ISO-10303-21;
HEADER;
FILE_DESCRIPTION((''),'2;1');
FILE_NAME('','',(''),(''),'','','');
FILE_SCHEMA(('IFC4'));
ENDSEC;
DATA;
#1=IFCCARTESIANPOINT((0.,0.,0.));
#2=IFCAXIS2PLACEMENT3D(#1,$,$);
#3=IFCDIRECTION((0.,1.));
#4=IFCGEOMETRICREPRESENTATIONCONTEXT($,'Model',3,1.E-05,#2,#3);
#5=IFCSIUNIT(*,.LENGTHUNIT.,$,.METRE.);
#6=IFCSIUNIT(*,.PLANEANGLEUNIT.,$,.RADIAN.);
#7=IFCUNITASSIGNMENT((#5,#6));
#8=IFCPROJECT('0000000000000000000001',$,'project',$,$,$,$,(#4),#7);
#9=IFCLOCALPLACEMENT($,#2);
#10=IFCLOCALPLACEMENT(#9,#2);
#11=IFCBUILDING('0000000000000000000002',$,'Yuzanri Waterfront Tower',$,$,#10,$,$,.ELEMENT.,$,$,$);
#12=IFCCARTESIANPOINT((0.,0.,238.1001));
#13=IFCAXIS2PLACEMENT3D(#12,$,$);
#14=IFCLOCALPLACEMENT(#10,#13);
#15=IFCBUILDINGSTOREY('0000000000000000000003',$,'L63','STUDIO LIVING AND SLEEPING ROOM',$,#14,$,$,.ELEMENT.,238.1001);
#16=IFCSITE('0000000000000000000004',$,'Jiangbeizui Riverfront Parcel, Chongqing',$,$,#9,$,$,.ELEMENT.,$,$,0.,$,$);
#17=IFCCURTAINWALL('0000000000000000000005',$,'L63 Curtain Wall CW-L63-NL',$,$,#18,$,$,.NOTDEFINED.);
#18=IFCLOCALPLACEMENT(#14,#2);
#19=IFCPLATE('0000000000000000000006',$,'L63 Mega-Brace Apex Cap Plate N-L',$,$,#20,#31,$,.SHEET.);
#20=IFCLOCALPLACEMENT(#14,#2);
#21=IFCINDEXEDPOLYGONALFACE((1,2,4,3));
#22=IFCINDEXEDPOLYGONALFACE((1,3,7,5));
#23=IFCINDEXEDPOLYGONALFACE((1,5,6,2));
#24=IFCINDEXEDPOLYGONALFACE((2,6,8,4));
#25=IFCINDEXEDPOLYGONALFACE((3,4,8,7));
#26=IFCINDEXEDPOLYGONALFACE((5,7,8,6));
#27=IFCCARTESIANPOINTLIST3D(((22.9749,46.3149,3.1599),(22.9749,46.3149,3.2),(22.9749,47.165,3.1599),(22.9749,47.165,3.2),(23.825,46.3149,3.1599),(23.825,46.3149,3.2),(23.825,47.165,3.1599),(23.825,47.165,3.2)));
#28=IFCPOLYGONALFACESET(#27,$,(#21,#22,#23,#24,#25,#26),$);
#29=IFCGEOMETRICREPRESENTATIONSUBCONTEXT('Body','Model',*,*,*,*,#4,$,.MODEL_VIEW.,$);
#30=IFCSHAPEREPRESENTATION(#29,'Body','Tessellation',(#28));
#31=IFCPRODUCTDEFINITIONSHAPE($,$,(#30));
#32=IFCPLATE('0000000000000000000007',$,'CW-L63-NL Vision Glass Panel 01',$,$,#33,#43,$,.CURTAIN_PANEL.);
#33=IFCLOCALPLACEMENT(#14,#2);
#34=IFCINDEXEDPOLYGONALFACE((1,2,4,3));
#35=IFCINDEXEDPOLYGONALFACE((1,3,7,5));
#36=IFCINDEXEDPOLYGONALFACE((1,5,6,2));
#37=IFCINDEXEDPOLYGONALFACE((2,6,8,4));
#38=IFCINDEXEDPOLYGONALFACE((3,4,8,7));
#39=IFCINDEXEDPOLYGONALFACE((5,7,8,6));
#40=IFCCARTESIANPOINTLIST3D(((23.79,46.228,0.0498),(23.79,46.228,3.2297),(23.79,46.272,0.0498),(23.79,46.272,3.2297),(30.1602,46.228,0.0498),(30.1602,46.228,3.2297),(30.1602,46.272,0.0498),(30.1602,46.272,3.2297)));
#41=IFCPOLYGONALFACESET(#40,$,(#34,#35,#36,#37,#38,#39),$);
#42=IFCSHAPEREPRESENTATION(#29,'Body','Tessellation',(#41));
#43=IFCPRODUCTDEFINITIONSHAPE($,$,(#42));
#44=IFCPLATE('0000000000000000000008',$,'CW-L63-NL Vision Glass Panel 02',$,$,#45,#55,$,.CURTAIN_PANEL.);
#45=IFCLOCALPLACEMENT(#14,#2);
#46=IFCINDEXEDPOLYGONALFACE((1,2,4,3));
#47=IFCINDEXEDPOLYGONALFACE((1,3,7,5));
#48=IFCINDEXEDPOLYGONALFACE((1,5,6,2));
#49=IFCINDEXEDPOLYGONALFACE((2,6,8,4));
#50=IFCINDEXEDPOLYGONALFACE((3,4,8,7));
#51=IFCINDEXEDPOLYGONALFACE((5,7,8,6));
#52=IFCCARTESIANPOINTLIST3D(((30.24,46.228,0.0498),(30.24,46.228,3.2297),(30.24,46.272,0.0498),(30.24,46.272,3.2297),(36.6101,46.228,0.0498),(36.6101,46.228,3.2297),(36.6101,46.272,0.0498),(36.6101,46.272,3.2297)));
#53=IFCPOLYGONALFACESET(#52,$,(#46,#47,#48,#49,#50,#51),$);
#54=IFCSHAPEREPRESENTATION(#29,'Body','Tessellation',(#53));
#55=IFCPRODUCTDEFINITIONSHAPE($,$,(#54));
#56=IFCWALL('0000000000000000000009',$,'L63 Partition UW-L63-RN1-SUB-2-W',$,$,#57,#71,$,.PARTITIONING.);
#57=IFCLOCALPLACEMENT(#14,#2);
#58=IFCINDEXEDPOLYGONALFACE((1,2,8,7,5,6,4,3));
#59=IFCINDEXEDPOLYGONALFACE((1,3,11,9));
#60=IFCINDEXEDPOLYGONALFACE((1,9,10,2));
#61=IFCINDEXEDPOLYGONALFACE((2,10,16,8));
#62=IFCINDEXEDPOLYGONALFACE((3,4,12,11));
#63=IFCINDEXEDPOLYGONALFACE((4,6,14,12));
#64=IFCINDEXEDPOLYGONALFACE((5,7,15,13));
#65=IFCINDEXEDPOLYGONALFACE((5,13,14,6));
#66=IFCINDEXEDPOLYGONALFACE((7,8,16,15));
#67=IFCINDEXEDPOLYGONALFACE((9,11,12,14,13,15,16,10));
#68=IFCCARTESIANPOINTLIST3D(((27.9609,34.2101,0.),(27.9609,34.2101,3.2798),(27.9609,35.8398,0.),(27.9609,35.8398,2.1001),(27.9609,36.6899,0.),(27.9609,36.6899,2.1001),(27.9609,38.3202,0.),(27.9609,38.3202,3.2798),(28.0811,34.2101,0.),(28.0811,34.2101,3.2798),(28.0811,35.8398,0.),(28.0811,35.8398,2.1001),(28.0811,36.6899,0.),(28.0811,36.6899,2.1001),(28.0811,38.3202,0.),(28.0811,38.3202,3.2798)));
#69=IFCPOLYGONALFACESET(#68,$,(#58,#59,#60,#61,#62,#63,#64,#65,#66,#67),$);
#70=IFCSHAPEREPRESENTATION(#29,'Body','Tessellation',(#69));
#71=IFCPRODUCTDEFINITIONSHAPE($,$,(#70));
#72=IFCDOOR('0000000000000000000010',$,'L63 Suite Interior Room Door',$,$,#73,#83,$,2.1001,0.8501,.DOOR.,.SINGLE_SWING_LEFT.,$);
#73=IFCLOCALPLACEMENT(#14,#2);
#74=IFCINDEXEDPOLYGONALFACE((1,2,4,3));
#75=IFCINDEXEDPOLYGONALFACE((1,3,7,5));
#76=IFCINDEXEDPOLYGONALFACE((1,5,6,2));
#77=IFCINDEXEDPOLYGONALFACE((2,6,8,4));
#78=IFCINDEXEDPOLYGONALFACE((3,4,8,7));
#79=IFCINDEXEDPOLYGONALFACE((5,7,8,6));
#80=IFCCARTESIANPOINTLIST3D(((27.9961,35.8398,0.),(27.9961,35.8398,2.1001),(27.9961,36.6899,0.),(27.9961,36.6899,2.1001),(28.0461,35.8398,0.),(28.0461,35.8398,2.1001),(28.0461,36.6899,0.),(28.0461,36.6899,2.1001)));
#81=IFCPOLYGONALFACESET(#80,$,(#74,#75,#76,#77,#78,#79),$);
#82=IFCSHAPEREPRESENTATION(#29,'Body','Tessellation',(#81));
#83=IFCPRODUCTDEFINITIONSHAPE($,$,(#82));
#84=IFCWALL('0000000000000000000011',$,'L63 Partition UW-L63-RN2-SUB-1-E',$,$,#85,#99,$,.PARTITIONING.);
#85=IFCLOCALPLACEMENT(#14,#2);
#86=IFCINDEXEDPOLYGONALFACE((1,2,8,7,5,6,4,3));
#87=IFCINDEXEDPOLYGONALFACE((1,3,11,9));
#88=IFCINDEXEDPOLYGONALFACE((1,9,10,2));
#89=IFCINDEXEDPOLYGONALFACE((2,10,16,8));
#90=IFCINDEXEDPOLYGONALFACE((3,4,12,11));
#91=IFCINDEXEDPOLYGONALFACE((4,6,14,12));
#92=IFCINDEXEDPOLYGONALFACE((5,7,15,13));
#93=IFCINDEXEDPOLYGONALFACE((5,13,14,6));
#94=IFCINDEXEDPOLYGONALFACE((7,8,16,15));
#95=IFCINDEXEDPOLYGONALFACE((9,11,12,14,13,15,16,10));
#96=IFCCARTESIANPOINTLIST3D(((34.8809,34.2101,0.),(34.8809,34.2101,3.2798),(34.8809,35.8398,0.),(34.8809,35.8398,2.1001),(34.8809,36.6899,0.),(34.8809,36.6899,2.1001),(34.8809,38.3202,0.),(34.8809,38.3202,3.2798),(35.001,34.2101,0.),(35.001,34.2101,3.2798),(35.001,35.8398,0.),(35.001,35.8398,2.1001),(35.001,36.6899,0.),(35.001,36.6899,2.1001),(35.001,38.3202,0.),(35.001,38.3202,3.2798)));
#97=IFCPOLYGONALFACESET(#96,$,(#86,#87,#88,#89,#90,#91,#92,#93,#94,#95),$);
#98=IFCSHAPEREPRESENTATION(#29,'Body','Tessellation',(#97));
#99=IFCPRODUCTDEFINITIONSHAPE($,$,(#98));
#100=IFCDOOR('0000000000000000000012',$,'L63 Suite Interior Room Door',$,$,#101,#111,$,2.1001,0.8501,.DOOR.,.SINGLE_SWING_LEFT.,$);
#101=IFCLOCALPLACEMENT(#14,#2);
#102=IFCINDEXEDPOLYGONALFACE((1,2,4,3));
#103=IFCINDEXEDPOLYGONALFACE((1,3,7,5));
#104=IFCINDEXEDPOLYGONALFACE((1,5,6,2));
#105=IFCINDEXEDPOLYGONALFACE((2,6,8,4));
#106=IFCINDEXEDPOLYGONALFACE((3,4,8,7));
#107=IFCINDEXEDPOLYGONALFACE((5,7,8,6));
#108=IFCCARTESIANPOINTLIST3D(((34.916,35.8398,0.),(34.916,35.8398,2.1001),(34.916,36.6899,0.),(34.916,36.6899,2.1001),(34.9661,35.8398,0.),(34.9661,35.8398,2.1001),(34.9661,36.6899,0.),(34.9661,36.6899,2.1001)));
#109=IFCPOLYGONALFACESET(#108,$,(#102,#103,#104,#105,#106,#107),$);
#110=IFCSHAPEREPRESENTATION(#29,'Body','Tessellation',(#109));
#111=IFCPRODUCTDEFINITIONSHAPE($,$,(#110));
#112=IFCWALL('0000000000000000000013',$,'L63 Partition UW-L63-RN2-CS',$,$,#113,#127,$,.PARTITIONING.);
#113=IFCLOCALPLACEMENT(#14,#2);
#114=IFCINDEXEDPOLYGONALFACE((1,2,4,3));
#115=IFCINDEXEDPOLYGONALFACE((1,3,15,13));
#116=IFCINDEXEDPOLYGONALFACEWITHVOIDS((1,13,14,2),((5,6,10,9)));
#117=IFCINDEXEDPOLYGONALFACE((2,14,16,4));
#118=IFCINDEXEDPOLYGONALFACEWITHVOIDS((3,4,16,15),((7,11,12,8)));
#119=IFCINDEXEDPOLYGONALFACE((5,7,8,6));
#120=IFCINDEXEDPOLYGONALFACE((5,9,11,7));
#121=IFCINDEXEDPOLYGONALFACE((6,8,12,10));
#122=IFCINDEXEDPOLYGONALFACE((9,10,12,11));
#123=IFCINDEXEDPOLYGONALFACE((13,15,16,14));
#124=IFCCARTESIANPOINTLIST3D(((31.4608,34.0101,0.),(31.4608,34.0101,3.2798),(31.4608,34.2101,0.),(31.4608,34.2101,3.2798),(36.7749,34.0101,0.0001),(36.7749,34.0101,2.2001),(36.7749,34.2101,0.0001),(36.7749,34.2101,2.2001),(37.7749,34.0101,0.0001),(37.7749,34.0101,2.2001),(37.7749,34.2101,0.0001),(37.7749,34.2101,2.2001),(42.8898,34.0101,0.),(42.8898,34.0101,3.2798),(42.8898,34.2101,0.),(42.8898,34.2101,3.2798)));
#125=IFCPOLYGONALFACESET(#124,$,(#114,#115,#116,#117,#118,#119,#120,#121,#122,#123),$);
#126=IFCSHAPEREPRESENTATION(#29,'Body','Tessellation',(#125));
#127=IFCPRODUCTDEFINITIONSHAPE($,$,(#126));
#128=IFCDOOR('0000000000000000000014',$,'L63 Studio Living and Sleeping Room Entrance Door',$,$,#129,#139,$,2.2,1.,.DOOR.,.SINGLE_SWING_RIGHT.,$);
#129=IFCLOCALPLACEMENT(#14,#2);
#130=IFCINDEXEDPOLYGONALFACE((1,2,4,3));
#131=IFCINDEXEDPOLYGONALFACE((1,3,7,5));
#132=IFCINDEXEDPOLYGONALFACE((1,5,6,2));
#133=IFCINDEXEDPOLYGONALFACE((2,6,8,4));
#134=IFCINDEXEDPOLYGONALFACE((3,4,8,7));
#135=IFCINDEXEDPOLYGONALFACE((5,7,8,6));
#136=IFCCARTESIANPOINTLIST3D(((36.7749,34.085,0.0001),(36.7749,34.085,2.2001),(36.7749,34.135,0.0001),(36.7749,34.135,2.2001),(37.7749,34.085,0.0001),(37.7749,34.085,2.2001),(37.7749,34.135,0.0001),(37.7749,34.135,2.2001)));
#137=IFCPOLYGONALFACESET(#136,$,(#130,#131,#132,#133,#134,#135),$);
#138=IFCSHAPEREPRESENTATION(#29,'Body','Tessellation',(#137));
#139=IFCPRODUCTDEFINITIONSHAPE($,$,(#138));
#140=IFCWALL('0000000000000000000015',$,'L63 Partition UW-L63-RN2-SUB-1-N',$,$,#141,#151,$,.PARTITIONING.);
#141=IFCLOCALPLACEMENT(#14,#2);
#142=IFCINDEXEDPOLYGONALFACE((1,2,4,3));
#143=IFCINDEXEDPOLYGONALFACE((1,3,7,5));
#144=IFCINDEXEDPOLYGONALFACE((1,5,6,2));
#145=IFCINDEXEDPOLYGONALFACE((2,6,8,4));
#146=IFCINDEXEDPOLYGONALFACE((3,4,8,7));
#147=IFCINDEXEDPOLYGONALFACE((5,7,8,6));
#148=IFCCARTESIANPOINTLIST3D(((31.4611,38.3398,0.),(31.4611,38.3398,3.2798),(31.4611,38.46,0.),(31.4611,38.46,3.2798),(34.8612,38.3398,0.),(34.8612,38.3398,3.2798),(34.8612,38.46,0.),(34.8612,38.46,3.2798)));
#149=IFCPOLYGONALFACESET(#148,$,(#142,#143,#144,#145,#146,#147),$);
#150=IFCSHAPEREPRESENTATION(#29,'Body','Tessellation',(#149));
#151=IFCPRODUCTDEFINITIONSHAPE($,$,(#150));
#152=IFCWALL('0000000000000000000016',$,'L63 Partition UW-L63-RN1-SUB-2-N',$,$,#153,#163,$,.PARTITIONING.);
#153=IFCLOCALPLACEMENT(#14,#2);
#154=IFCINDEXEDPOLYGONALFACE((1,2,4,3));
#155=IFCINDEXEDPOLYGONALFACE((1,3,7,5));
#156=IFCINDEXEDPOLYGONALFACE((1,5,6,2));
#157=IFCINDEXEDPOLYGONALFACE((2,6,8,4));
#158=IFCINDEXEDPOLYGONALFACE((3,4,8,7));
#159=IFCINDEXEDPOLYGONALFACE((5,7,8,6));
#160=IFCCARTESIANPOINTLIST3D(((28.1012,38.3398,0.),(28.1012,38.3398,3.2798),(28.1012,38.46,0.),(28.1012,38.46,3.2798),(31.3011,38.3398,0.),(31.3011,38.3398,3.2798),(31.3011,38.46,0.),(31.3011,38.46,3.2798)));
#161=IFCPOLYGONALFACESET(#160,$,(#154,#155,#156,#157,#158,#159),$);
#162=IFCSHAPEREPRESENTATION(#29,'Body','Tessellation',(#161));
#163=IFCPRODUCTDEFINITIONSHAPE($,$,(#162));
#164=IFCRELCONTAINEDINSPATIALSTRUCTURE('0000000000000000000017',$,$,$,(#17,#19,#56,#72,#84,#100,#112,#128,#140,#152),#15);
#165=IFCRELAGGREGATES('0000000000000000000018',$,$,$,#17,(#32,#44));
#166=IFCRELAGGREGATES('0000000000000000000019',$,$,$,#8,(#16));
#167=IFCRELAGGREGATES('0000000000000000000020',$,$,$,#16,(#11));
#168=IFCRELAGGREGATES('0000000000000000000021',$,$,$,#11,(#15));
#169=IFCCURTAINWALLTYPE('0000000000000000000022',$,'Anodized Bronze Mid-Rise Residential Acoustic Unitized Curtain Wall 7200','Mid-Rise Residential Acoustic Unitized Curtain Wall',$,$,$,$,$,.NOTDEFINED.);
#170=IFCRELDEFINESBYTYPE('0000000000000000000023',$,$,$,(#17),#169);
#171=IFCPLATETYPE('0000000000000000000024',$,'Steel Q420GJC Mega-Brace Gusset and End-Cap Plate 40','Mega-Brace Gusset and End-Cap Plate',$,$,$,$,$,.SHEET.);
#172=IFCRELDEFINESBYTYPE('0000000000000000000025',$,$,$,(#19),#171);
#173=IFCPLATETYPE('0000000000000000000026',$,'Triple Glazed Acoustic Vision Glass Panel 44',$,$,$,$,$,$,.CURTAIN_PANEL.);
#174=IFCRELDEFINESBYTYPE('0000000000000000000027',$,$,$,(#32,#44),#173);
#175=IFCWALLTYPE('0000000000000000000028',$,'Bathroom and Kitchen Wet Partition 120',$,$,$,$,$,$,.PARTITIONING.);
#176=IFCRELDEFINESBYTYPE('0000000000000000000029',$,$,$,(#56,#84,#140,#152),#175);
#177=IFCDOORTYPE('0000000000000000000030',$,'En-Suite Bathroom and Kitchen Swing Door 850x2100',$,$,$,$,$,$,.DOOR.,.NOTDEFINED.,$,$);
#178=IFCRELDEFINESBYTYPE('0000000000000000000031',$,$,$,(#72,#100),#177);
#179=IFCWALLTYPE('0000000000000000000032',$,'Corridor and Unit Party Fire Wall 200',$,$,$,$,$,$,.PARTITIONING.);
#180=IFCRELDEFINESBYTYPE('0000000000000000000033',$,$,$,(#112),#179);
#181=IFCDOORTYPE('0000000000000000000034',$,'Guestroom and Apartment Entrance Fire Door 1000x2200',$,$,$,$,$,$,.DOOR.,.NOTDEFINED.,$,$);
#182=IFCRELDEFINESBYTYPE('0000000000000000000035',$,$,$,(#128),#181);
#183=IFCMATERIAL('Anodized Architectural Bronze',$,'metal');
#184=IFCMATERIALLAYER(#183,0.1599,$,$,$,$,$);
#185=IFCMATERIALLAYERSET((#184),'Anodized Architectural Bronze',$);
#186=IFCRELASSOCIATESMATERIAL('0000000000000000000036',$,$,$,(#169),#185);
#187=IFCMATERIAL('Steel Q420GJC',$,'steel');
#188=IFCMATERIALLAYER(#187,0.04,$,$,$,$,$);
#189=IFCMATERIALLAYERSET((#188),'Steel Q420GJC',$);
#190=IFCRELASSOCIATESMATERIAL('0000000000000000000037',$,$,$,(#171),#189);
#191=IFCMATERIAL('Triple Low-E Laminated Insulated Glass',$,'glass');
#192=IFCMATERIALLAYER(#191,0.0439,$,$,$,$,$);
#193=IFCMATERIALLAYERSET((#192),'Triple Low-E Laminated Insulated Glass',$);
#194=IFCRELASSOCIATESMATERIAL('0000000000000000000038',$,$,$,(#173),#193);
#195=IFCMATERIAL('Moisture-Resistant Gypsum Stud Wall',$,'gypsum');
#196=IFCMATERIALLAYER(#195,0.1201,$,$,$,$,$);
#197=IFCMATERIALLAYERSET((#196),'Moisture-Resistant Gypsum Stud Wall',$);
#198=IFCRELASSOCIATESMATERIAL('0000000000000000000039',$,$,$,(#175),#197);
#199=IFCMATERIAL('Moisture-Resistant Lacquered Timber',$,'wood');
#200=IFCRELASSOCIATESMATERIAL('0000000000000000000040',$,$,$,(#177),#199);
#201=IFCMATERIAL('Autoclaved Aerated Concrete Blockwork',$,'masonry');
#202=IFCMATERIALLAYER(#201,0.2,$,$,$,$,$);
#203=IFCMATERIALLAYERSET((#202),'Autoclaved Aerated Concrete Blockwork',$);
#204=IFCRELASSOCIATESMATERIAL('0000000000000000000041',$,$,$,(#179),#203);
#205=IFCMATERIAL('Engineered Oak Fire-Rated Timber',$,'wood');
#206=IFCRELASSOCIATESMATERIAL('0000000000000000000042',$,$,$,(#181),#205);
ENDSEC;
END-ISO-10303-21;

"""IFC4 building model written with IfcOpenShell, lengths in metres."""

from ifc_helpers import new_model, si_unit, direction, frame, frame_2d, origin, origin_2d, place, context, subcontext, project, spatial, rectangle, extrude, source, transform, mapped, material, layer, layer_set, type_object, element, fill, aggregate, save


model = new_model("IFC4")

# Units and contexts
model_context = context("Model", 3, precision=1e-05, world=origin(), true_north=direction((0.0, 1.0)))
body_context = subcontext(model_context, "Body", "Model", "MODEL_VIEW")
ifc_project = project(units=[si_unit("LENGTHUNIT", "METRE"), si_unit("PLANEANGLEUNIT", "RADIAN")], contexts=[model_context])

# Site, building, storey
site_placement = place(None, origin())
site = spatial("IfcSite", under=ifc_project, at=site_placement, Name="Jiangbeizui Riverfront Parcel, Chongqing", CompositionType="ELEMENT", RefElevation=0.0)
building_placement = place(site_placement, origin())
building = spatial("IfcBuilding", under=site, at=building_placement, Name="Yuzanri Waterfront Tower", CompositionType="ELEMENT")
storey_placement = place(building_placement, frame((0.0, 0.0, 238.1001)))
storey = spatial("IfcBuildingStorey", under=building, at=storey_placement, Name="L63", Description="STUDIO LIVING AND SLEEPING ROOM", CompositionType="ELEMENT", Elevation=238.1001)

# Curtain wall
ifc_material_1 = material(Name="Anodized Architectural Bronze", Category="metal")
ifc_layer_1 = layer(ifc_material_1, 0.1599)
ifc_layer_set_1 = layer_set([ifc_layer_1], Name="Anodized Architectural Bronze")
curtain_wall_type = type_object("IfcCurtainWallType", Name="Anodized Bronze Mid-Rise Residential Acoustic Unitized Curtain Wall 7200", Description="Mid-Rise Residential Acoustic Unitized Curtain Wall", PredefinedType="NOTDEFINED", material=ifc_layer_set_1)
curtain_wall_placement = place(storey_placement, origin())
curtain_wall = element("IfcCurtainWall", 1, at=curtain_wall_placement, inside=storey, type_object=curtain_wall_type, Name="L63 Curtain Wall CW-L63-NL", PredefinedType="NOTDEFINED")

# Plates
ifc_material_2 = material(Name="Steel Q420GJC", Category="steel")
ifc_layer_2 = layer(ifc_material_2, 0.04)
ifc_layer_set_2 = layer_set([ifc_layer_2], Name="Steel Q420GJC")
plate_type_1 = type_object("IfcPlateType", Name="Steel Q420GJC Mega-Brace Gusset and End-Cap Plate 40", Description="Mega-Brace Gusset and End-Cap Plate", PredefinedType="SHEET", material=ifc_layer_set_2)
shared_shape_1 = source(origin(), body_context, "Body", "SweptSolid", [
    extrude(rectangle(XDim=0.8501, YDim=0.8501, at=origin_2d()), origin(), (0.0, 0.0, 1.0), 0.04),
])
plate_1_placement = place(storey_placement, frame((23.3999, 46.74, 3.1599), z_axis=(0.0, 0.0, 1.0), x_axis=(1.0, 0.0, 0.0)))
element("IfcPlate", 2, at=plate_1_placement, inside=storey, type_object=plate_type_1, Name="L63 Mega-Brace Apex Cap Plate N-L", PredefinedType="SHEET", context=body_context, shape_type="MappedRepresentation", body=[
    mapped(shared_shape_1, transform((0.0, 0.0, 0.0), scale=1.0)),
])
ifc_material_3 = material(Name="Triple Low-E Laminated Insulated Glass", Category="glass")
ifc_layer_3 = layer(ifc_material_3, 0.0439)
ifc_layer_set_3 = layer_set([ifc_layer_3], Name="Triple Low-E Laminated Insulated Glass")
plate_type_2 = type_object("IfcPlateType", Name="Triple Glazed Acoustic Vision Glass Panel 44", PredefinedType="CURTAIN_PANEL", material=ifc_layer_set_3)
shared_shape_2 = source(origin(), body_context, "Body", "SweptSolid", [
    extrude(rectangle(XDim=6.3701, YDim=0.0439, at=origin_2d()), origin(), (0.0, 0.0, 1.0), 3.1799),
])
plate_2_placement = place(storey_placement, frame((26.9751, 46.25, 0.0498), z_axis=(0.0, 0.0, 1.0), x_axis=(1.0, 0.0, 0.0)))
plate_2 = element("IfcPlate", 3, at=plate_2_placement, type_object=plate_type_2, Name="CW-L63-NL Vision Glass Panel 01", PredefinedType="CURTAIN_PANEL", context=body_context, shape_type="MappedRepresentation", body=[
    mapped(shared_shape_2, transform((0.0, 0.0, 0.0), scale=1.0)),
])
plate_3_placement = place(storey_placement, frame((33.425, 46.25, 0.0498), z_axis=(0.0, 0.0, 1.0), x_axis=(1.0, 0.0, 0.0)))
plate_3 = element("IfcPlate", 4, at=plate_3_placement, type_object=plate_type_2, Name="CW-L63-NL Vision Glass Panel 02", PredefinedType="CURTAIN_PANEL", context=body_context, shape_type="MappedRepresentation", body=[
    mapped(shared_shape_2, transform((0.0, 0.0, 0.0), scale=1.0)),
])
aggregate(curtain_wall, [plate_2, plate_3])

# Walls, openings, doors
ifc_material_4 = material(Name="Moisture-Resistant Gypsum Stud Wall", Category="gypsum")
ifc_layer_4 = layer(ifc_material_4, 0.1201)
ifc_layer_set_4 = layer_set([ifc_layer_4], Name="Moisture-Resistant Gypsum Stud Wall")
wall_type_1 = type_object("IfcWallType", Name="Bathroom and Kitchen Wet Partition 120", PredefinedType="PARTITIONING", material=ifc_layer_set_4)
wall_1_placement = place(storey_placement, frame((28.021, 34.21, 0.0), z_axis=(0.0, 0.0, 1.0), x_axis=(0.0, 1.0, 0.0)))
wall_1 = element("IfcWall", 5, at=wall_1_placement, inside=storey, type_object=wall_type_1, Name="L63 Partition UW-L63-RN1-SUB-2-W", PredefinedType="PARTITIONING", context=body_context, shape_type="SweptSolid", body=[
    extrude(rectangle(XDim=4.1101, YDim=0.1201, at=frame_2d((2.0552, 0.0))), origin(), (0.0, 0.0, 1.0), 3.2798),
])
opening_1_placement = place(wall_1_placement, frame((1.6299, 0.0, 0.0)))
opening_1 = element("IfcOpeningElement", 6, at=opening_1_placement, cuts=wall_1, PredefinedType="OPENING", context=body_context, shape_type="SweptSolid", body=[
    extrude(rectangle(XDim=0.8501, YDim=2.1001, at=frame_2d((0.425, 1.05))), frame((0.0, 0.075, 0.0), z_axis=(0.0, -1.0, 0.0), x_axis=(1.0, 0.0, 0.0)), (0.0, 0.0, 1.0), 0.1499),
])
ifc_material_5 = material(Name="Moisture-Resistant Lacquered Timber", Category="wood")
door_type_1 = type_object("IfcDoorType", Name="En-Suite Bathroom and Kitchen Swing Door 850x2100", OperationType="NOTDEFINED", PredefinedType="DOOR", material=ifc_material_5)
shared_shape_3 = source(origin(), body_context, "Body", "SweptSolid", [
    extrude(rectangle(XDim=0.8501, YDim=2.1001, at=frame_2d((0.425, 1.05))), frame((0.0, 0.0249, 0.0), z_axis=(0.0, -1.0, 0.0), x_axis=(1.0, 0.0, 0.0)), (0.0, 0.0, 1.0), 0.05),
])
door_1_placement = place(opening_1_placement, origin())
door_1 = element("IfcDoor", 7, at=door_1_placement, inside=storey, type_object=door_type_1, Name="L63 Suite Interior Room Door", OperationType="SINGLE_SWING_LEFT", OverallHeight=2.1001, OverallWidth=0.8501, PredefinedType="DOOR", context=body_context, shape_type="MappedRepresentation", body=[
    mapped(shared_shape_3, transform((0.0, 0.0, 0.0), scale=1.0)),
])
fill(opening_1, door_1)
wall_2_placement = place(storey_placement, frame((34.9409, 34.21, 0.0), z_axis=(0.0, 0.0, 1.0), x_axis=(0.0, 1.0, 0.0)))
wall_2 = element("IfcWall", 8, at=wall_2_placement, inside=storey, type_object=wall_type_1, Name="L63 Partition UW-L63-RN2-SUB-1-E", PredefinedType="PARTITIONING", context=body_context, shape_type="SweptSolid", body=[
    extrude(rectangle(XDim=4.1101, YDim=0.1201, at=frame_2d((2.0552, 0.0))), origin(), (0.0, 0.0, 1.0), 3.2798),
])
opening_2_placement = place(wall_2_placement, frame((1.6299, 0.0, 0.0)))
opening_2 = element("IfcOpeningElement", 9, at=opening_2_placement, cuts=wall_2, PredefinedType="OPENING", context=body_context, shape_type="SweptSolid", body=[
    extrude(rectangle(XDim=0.8501, YDim=2.1001, at=frame_2d((0.425, 1.05))), frame((0.0, 0.075, 0.0), z_axis=(0.0, -1.0, 0.0), x_axis=(1.0, 0.0, 0.0)), (0.0, 0.0, 1.0), 0.1499),
])
door_2_placement = place(opening_2_placement, origin())
door_2 = element("IfcDoor", 10, at=door_2_placement, inside=storey, type_object=door_type_1, Name="L63 Suite Interior Room Door", OperationType="SINGLE_SWING_LEFT", OverallHeight=2.1001, OverallWidth=0.8501, PredefinedType="DOOR", context=body_context, shape_type="MappedRepresentation", body=[
    mapped(shared_shape_3, transform((0.0, 0.0, 0.0), scale=1.0)),
])
fill(opening_2, door_2)
ifc_material_6 = material(Name="Autoclaved Aerated Concrete Blockwork", Category="masonry")
ifc_layer_5 = layer(ifc_material_6, 0.2)
ifc_layer_set_5 = layer_set([ifc_layer_5], Name="Autoclaved Aerated Concrete Blockwork")
wall_type_2 = type_object("IfcWallType", Name="Corridor and Unit Party Fire Wall 200", PredefinedType="PARTITIONING", material=ifc_layer_set_5)
wall_3_placement = place(storey_placement, frame((31.4609, 34.1101, 0.0), z_axis=(0.0, 0.0, 1.0), x_axis=(1.0, 0.0, 0.0)))
wall_3 = element("IfcWall", 11, at=wall_3_placement, inside=storey, type_object=wall_type_2, Name="L63 Partition UW-L63-RN2-CS", PredefinedType="PARTITIONING", context=body_context, shape_type="SweptSolid", body=[
    extrude(rectangle(XDim=11.429, YDim=0.2, at=frame_2d((5.7144, 0.0))), origin(), (0.0, 0.0, 1.0), 3.2798),
])
opening_3_placement = place(wall_3_placement, frame((5.314, 0.0, 0.0)))
opening_3 = element("IfcOpeningElement", 12, at=opening_3_placement, cuts=wall_3, PredefinedType="OPENING", context=body_context, shape_type="SweptSolid", body=[
    extrude(rectangle(XDim=1.0, YDim=2.2, at=frame_2d((0.5, 1.1001))), frame((0.0, 0.1147, 0.0), z_axis=(0.0, -1.0, 0.0), x_axis=(1.0, 0.0, 0.0)), (0.0, 0.0, 1.0), 0.2297),
])
ifc_material_7 = material(Name="Engineered Oak Fire-Rated Timber", Category="wood")
door_type_2 = type_object("IfcDoorType", Name="Guestroom and Apartment Entrance Fire Door 1000x2200", OperationType="NOTDEFINED", PredefinedType="DOOR", material=ifc_material_7)
shared_shape_4 = source(origin(), body_context, "Body", "SweptSolid", [
    extrude(rectangle(XDim=1.0, YDim=2.2, at=frame_2d((0.5, 1.1001))), frame((0.0, 0.0249, 0.0), z_axis=(0.0, -1.0, 0.0), x_axis=(1.0, 0.0, 0.0)), (0.0, 0.0, 1.0), 0.05),
])
door_3_placement = place(opening_3_placement, origin())
door_3 = element("IfcDoor", 13, at=door_3_placement, inside=storey, type_object=door_type_2, Name="L63 Studio Living and Sleeping Room Entrance Door", OperationType="SINGLE_SWING_RIGHT", OverallHeight=2.2, OverallWidth=1.0, PredefinedType="DOOR", context=body_context, shape_type="MappedRepresentation", body=[
    mapped(shared_shape_4, transform((0.0, 0.0, 0.0), scale=1.0)),
])
fill(opening_3, door_3)

# Walls
shared_shape_5 = source(origin(), body_context, "Body", "SweptSolid", [
    extrude(rectangle(XDim=3.4001, YDim=0.1201, at=frame_2d((1.7002, 0.0))), origin(), (0.0, 0.0, 1.0), 3.2798),
])
wall_4_placement = place(storey_placement, frame((31.4609, 38.3999, 0.0), z_axis=(0.0, 0.0, 1.0), x_axis=(1.0, 0.0, 0.0)))
element("IfcWall", 14, at=wall_4_placement, inside=storey, type_object=wall_type_1, Name="L63 Partition UW-L63-RN2-SUB-1-N", PredefinedType="PARTITIONING", context=body_context, shape_type="MappedRepresentation", body=[
    mapped(shared_shape_5, transform((0.0, 0.0, 0.0), scale=1.0)),
])
shared_shape_6 = source(origin(), body_context, "Body", "SweptSolid", [
    extrude(rectangle(XDim=3.2, YDim=0.1201, at=frame_2d((1.6001, 0.0))), origin(), (0.0, 0.0, 1.0), 3.2798),
])
wall_5_placement = place(storey_placement, frame((28.1011, 38.3999, 0.0), z_axis=(0.0, 0.0, 1.0), x_axis=(1.0, 0.0, 0.0)))
element("IfcWall", 15, at=wall_5_placement, inside=storey, type_object=wall_type_1, Name="L63 Partition UW-L63-RN1-SUB-2-N", PredefinedType="PARTITIONING", context=body_context, shape_type="MappedRepresentation", body=[
    mapped(shared_shape_6, transform((0.0, 0.0, 0.0), scale=1.0)),
])

save(model, "model.ifc")
